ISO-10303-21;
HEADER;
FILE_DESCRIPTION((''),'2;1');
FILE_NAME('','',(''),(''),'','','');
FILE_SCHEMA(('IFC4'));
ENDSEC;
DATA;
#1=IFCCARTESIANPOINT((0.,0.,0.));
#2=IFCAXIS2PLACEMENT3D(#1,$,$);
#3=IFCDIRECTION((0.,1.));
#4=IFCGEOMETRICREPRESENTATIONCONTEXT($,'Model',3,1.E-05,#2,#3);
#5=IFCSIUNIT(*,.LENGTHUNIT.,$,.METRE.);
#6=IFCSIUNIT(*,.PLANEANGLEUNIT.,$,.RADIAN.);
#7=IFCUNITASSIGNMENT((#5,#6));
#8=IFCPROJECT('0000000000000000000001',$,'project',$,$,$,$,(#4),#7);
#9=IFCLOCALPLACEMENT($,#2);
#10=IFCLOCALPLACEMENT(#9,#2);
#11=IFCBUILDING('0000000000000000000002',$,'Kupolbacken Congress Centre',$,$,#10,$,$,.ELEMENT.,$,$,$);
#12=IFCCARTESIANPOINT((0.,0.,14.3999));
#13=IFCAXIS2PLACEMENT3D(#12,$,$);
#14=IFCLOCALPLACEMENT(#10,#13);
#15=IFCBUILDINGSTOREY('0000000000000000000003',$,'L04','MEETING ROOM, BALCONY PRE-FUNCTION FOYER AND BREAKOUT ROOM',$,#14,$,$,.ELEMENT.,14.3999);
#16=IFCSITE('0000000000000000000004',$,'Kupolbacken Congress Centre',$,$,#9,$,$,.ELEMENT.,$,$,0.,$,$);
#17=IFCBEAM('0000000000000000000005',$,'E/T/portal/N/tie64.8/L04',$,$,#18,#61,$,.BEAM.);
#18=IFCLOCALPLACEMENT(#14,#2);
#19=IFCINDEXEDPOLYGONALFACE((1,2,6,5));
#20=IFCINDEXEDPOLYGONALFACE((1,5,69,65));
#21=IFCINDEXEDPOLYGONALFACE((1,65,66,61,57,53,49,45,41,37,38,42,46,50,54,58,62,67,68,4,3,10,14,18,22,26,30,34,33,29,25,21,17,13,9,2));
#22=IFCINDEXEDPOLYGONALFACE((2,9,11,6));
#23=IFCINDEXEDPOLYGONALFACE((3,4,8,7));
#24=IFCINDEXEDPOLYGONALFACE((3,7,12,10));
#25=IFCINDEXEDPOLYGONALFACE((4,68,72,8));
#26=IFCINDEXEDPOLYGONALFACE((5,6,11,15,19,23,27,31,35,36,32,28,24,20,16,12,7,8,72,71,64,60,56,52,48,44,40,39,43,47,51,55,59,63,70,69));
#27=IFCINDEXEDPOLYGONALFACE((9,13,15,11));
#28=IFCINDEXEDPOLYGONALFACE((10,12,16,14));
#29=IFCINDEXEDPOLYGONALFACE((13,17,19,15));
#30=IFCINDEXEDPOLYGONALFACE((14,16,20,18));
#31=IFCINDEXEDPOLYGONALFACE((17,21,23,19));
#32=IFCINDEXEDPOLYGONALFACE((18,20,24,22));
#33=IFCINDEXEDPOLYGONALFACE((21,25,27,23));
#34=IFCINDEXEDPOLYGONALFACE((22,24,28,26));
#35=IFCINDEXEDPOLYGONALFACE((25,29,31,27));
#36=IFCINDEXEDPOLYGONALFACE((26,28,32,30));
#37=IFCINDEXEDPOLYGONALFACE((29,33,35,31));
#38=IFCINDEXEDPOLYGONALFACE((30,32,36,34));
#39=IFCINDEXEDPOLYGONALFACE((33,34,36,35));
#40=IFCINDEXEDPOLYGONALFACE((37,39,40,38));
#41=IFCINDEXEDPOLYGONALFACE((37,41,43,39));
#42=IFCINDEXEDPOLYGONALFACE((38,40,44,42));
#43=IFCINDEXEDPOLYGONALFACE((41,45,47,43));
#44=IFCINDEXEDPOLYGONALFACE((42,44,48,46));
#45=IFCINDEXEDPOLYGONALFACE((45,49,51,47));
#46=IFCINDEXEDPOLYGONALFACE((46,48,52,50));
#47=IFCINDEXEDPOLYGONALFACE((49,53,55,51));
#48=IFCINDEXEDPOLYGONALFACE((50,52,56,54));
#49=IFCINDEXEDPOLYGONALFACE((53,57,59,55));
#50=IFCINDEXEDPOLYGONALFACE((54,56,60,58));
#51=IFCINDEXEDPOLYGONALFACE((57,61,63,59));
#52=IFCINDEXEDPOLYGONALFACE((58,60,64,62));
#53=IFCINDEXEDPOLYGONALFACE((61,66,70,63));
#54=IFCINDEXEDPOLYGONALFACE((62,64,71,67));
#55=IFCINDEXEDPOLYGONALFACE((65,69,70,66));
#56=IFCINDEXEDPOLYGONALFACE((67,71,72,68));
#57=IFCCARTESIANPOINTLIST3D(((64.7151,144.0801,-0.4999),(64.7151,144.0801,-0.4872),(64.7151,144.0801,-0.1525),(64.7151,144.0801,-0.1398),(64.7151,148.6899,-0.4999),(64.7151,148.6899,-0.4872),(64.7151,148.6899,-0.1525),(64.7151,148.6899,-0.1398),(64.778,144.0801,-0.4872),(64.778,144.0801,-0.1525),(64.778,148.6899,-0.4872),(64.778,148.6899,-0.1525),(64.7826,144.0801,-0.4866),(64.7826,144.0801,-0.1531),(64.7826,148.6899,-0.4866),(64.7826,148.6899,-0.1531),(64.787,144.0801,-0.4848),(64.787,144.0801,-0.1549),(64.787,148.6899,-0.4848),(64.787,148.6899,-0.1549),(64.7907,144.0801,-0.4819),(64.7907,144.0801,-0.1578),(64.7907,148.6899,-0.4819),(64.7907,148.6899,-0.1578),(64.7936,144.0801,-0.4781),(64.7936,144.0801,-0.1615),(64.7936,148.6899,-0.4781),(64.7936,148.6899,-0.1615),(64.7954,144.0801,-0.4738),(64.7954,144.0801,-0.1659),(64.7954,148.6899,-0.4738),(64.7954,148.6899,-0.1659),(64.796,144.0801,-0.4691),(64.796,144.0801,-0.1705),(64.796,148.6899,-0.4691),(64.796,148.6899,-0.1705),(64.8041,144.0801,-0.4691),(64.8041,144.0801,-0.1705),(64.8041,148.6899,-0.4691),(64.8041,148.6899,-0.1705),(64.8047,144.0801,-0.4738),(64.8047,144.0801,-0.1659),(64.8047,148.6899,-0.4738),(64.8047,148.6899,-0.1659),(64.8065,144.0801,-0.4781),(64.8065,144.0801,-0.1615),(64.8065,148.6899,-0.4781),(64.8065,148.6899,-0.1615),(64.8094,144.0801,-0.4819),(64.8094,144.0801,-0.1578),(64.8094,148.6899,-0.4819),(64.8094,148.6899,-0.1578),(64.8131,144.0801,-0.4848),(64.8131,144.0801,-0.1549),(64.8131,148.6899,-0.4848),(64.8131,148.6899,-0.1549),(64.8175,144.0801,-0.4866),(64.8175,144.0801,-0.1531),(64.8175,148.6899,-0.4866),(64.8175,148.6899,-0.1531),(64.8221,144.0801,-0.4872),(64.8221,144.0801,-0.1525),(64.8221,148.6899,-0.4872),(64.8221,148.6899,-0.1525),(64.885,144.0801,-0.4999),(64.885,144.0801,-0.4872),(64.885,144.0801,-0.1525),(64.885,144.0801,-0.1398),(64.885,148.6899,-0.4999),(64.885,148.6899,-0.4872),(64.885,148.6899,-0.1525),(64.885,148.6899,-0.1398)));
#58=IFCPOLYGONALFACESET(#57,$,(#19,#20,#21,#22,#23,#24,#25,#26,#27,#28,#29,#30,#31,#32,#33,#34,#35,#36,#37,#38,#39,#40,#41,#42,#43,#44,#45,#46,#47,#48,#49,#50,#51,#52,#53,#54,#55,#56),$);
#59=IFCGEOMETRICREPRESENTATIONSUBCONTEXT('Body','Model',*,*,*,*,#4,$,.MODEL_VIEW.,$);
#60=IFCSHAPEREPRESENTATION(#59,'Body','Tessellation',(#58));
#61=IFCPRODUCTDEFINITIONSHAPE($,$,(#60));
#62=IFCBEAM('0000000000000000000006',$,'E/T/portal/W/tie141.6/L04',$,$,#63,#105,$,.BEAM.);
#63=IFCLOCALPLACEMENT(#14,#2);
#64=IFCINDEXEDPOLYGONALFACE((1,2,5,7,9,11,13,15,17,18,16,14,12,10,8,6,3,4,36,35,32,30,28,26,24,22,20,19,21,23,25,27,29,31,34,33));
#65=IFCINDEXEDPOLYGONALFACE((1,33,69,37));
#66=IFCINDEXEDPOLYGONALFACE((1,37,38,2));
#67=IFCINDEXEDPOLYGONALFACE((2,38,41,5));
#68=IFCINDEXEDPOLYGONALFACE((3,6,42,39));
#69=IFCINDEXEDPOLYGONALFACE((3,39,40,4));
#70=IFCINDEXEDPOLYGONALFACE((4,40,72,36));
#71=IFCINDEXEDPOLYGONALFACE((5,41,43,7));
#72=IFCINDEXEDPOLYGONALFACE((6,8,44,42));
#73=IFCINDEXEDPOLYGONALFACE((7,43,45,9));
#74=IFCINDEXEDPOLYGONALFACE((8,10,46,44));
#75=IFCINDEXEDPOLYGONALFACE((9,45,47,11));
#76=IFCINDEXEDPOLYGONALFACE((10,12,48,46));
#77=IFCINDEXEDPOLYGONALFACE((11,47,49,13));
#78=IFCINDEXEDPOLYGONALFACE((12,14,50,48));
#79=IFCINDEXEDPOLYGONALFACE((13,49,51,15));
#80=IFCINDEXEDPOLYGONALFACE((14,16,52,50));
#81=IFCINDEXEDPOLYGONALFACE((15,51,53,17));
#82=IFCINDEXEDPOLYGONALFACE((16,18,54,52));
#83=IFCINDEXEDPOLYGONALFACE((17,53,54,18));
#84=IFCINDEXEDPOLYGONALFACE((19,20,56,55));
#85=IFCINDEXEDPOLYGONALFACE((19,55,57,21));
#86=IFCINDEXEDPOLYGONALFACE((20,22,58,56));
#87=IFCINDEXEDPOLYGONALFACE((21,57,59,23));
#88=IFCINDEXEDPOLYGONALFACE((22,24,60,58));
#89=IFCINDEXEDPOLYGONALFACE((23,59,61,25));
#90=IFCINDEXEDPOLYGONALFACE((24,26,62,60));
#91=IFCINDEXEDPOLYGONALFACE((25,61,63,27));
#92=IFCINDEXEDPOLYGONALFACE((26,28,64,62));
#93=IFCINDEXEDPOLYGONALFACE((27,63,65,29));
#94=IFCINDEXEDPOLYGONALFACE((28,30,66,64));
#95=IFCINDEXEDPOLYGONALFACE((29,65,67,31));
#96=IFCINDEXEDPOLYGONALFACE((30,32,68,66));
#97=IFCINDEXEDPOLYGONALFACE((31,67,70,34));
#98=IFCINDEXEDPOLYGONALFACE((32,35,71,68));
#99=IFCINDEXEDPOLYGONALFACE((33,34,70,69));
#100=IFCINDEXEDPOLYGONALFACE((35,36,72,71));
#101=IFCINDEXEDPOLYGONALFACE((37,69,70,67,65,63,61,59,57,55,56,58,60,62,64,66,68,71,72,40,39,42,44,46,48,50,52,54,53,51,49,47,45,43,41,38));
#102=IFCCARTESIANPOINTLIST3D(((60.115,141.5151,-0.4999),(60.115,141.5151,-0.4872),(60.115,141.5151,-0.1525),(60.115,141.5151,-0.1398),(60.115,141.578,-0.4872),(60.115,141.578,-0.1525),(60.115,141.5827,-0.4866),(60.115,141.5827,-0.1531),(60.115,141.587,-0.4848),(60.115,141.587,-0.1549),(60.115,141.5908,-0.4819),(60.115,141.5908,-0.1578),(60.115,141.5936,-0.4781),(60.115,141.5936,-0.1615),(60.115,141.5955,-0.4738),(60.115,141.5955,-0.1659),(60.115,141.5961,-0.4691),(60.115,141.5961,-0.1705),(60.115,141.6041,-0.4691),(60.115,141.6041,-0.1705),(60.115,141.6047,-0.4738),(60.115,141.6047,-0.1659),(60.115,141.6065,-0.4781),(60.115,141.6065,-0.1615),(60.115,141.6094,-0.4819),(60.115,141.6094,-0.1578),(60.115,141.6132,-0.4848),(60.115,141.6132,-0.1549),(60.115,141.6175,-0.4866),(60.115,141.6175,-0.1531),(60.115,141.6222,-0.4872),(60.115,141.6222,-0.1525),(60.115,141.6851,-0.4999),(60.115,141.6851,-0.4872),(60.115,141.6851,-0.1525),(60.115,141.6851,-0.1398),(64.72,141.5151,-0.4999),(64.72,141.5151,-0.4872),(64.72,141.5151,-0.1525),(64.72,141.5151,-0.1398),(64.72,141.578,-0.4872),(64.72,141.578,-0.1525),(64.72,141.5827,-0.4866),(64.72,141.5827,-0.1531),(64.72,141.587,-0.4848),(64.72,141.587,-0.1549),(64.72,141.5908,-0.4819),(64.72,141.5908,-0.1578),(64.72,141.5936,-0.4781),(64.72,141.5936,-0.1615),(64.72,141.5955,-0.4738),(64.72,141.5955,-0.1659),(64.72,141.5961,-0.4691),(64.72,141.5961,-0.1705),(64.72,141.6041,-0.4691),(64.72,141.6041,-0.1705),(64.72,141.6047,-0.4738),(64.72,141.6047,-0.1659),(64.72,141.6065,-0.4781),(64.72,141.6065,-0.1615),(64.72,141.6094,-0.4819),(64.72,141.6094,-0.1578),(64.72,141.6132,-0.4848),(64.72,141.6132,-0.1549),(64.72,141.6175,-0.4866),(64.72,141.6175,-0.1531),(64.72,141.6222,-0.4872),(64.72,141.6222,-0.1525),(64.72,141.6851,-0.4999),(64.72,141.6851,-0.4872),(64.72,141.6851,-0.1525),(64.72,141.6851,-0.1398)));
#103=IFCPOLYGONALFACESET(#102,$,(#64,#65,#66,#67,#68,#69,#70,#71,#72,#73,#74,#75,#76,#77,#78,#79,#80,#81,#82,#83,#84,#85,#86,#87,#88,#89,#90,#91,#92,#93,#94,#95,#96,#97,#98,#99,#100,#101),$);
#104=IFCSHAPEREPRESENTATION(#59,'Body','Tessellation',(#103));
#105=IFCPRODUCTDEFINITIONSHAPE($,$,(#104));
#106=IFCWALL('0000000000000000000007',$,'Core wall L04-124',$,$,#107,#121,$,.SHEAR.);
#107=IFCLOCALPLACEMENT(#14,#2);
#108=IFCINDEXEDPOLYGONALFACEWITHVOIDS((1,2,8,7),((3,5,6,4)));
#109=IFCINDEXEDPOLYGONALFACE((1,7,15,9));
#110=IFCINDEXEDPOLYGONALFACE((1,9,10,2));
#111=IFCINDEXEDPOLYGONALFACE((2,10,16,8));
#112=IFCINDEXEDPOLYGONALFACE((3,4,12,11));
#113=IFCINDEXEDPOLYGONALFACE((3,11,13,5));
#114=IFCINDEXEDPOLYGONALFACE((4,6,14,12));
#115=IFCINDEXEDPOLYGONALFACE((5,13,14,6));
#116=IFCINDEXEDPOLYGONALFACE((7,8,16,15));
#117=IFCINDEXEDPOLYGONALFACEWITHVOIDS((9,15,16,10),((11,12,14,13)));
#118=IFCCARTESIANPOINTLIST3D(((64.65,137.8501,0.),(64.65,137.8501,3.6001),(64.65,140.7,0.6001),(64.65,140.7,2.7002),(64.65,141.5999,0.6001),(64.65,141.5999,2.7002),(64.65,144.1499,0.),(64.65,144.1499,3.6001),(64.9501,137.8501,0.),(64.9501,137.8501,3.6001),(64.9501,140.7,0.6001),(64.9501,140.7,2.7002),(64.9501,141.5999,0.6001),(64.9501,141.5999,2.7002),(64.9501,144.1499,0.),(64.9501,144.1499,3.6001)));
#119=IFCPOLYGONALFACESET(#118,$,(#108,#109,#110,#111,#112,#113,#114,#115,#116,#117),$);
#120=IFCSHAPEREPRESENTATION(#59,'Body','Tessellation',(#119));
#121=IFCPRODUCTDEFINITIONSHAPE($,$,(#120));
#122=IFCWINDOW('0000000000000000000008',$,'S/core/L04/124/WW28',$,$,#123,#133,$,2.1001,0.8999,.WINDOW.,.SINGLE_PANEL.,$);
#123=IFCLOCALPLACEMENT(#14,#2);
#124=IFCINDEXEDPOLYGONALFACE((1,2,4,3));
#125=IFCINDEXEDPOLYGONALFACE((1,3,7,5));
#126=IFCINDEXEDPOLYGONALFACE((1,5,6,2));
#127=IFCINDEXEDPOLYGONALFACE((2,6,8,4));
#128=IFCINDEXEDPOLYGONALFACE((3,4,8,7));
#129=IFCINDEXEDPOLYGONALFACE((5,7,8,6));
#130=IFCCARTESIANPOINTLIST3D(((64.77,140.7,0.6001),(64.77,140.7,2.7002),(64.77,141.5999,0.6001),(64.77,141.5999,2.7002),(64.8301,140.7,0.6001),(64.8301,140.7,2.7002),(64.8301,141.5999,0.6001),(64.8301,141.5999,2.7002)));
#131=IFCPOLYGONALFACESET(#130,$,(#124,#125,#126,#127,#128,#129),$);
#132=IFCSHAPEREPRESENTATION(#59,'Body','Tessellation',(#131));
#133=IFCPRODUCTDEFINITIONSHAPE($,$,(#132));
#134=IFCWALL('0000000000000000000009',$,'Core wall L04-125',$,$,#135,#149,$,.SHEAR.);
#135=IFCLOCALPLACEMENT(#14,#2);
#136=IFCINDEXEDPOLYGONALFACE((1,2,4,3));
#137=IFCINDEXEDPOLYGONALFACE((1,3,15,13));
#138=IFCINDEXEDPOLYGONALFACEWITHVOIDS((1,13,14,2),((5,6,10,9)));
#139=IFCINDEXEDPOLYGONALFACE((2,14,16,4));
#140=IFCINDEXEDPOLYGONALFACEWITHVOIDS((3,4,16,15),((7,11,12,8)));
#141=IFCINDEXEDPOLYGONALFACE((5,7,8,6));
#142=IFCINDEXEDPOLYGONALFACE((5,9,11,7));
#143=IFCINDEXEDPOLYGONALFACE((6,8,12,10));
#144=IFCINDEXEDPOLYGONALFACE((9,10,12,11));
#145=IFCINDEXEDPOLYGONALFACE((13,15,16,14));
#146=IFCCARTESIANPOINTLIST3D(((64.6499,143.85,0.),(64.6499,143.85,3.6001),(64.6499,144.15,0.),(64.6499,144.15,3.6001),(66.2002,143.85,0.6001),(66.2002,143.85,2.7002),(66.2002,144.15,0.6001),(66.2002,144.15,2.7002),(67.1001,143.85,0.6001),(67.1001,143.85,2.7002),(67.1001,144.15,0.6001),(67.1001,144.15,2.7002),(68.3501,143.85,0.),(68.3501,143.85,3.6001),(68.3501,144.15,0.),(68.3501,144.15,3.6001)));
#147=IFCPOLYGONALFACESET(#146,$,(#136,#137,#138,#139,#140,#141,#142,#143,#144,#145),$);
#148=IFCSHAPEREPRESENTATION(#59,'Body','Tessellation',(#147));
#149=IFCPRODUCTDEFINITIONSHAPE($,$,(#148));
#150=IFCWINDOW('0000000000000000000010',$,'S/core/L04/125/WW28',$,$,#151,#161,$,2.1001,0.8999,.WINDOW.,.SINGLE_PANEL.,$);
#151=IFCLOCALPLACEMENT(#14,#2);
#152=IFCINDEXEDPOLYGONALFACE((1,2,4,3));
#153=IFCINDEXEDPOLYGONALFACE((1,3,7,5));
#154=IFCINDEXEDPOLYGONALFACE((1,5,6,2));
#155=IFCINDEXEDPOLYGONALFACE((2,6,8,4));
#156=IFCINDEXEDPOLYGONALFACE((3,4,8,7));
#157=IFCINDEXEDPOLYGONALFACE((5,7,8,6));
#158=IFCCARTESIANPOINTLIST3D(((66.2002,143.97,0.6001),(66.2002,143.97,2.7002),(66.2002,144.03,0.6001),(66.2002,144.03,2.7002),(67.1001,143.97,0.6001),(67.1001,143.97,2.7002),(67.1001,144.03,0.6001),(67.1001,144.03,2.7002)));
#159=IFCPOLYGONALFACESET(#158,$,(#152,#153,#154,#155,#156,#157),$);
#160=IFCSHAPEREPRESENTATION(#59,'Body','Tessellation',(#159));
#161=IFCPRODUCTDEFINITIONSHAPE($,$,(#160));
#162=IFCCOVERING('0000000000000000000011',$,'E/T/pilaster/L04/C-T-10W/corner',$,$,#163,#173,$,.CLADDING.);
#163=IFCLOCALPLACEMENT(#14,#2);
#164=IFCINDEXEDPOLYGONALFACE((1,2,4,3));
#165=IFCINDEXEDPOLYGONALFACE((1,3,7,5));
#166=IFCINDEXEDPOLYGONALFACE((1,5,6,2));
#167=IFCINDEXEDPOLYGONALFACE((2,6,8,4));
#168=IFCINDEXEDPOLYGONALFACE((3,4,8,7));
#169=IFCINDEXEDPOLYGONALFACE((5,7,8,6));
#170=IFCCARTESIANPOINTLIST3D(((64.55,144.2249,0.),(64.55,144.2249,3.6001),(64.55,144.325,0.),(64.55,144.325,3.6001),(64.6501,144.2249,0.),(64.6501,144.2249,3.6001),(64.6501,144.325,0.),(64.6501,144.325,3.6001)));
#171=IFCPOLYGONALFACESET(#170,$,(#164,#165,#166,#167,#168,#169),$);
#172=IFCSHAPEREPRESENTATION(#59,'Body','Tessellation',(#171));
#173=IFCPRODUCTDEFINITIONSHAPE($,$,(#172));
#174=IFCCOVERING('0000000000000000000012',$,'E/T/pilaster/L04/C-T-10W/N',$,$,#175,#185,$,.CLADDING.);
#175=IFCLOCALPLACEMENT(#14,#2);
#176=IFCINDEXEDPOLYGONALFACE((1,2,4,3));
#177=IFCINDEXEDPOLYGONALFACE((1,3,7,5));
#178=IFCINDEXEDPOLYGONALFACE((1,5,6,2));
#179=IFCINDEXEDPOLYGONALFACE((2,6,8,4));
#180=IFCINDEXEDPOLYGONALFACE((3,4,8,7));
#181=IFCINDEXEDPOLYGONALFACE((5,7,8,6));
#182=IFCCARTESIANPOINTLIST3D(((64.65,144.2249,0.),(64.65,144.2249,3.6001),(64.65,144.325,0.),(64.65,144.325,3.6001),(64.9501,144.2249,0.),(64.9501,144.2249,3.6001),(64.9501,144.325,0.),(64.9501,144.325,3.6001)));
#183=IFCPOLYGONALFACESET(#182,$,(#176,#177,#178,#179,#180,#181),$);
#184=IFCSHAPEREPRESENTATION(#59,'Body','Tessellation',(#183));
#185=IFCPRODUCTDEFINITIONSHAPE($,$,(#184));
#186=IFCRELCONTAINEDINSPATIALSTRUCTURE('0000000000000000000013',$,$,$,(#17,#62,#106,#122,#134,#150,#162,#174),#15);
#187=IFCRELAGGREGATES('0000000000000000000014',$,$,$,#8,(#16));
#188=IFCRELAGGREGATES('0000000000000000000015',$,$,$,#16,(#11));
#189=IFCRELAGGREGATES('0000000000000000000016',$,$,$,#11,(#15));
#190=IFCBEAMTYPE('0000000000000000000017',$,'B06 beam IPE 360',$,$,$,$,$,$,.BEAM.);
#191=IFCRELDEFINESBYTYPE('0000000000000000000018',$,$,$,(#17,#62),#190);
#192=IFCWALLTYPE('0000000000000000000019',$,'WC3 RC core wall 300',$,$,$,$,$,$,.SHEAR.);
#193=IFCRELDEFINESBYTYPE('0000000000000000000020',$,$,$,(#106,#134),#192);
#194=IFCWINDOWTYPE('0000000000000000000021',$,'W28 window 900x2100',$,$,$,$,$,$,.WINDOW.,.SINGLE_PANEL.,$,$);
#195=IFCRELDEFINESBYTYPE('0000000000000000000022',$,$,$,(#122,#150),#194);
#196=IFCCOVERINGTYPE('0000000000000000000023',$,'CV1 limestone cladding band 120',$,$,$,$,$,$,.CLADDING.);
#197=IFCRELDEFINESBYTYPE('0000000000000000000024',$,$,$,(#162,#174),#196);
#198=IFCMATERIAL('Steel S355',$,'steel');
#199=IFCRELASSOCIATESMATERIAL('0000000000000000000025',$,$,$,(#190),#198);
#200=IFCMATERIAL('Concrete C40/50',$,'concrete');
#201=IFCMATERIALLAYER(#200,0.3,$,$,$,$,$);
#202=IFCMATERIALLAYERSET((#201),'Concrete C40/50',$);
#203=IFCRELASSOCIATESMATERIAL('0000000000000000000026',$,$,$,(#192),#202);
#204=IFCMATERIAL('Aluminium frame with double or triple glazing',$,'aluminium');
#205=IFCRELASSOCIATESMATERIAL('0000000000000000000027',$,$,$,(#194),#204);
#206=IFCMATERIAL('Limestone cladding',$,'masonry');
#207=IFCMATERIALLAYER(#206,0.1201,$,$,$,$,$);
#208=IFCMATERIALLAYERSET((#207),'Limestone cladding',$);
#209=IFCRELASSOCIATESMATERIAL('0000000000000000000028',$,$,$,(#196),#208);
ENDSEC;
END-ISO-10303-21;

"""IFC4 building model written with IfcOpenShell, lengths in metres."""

from ifc_helpers import new_model, si_unit, direction, frame, frame_2d, origin, origin_2d, place, context, subcontext, project, spatial, rectangle, i_section, extrude, material, layer, layer_set, material_profile, profile_set, type_object, element, fill, save


model = new_model("IFC4")

# Units and contexts
model_context = context("Model", 3, precision=1e-05, world=origin(), true_north=direction((0.0, 1.0)))
body_context = subcontext(model_context, "Body", "Model", "MODEL_VIEW")
ifc_project = project(units=[si_unit("LENGTHUNIT", "METRE"), si_unit("PLANEANGLEUNIT", "RADIAN")], contexts=[model_context])

# Site, building, storey
site_placement = place(None, origin())
site = spatial("IfcSite", under=ifc_project, at=site_placement, Name="Kupolbacken Congress Centre", CompositionType="ELEMENT", RefElevation=0.0)
building_placement = place(site_placement, origin())
building = spatial("IfcBuilding", under=site, at=building_placement, Name="Kupolbacken Congress Centre", CompositionType="ELEMENT")
storey_placement = place(building_placement, frame((0.0, 0.0, 14.3999)))
storey = spatial("IfcBuildingStorey", under=building, at=storey_placement, Name="L04", Description="MEETING ROOM, BALCONY PRE-FUNCTION FOYER AND BREAKOUT ROOM", CompositionType="ELEMENT", Elevation=14.3999)

# Beams
ifc_material_1 = material(Name="Steel S355", Category="steel")
ifc_material_profile_1 = material_profile(ifc_material_1, i_section(OverallWidth=0.1699, OverallDepth=0.3601, WebThickness=0.0081, FlangeThickness=0.0127, FilletRadius=0.0181, at=origin_2d()), Name="IPE 360")
ifc_profile_set_1 = profile_set([ifc_material_profile_1], Name="Steel S355")
beam_type_1 = type_object("IfcBeamType", Name="B06 beam IPE 360", PredefinedType="BEAM", material=ifc_profile_set_1)
beam_1_placement = place(storey_placement, frame((64.8, 144.0801, -0.3198), z_axis=(0.0, 1.0, 0.0), x_axis=(-1.0, 0.0, 0.0)))
element("IfcBeam", 1, at=beam_1_placement, inside=storey, type_object=beam_type_1, Name="E/T/portal/N/tie64.8/L04", PredefinedType="BEAM", context=body_context, shape_type="SweptSolid", body=[
    extrude(i_section(OverallWidth=0.1699, OverallDepth=0.3601, WebThickness=0.0081, FlangeThickness=0.0127, FilletRadius=0.0181, at=origin_2d()), origin(), (0.0, 0.0, 1.0), 4.6099),
])
beam_2_placement = place(storey_placement, frame((64.72, 141.6001, -0.3198), z_axis=(-1.0, 0.0, 0.0), x_axis=(0.0, -1.0, 0.0)))
element("IfcBeam", 2, at=beam_2_placement, inside=storey, type_object=beam_type_1, Name="E/T/portal/W/tie141.6/L04", PredefinedType="BEAM", context=body_context, shape_type="SweptSolid", body=[
    extrude(i_section(OverallWidth=0.1699, OverallDepth=0.3601, WebThickness=0.0081, FlangeThickness=0.0127, FilletRadius=0.0181, at=origin_2d()), origin(), (0.0, 0.0, 1.0), 4.605),
])

# Walls, openings, windows
ifc_material_2 = material(Name="Concrete C40/50", Category="concrete")
ifc_layer_1 = layer(ifc_material_2, 0.3)
ifc_layer_set_1 = layer_set([ifc_layer_1], Name="Concrete C40/50")
wall_type = type_object("IfcWallType", Name="WC3 RC core wall 300", PredefinedType="SHEAR", material=ifc_layer_set_1)
wall_1_placement = place(storey_placement, frame((64.8, 144.1499, 0.0), z_axis=(0.0, 0.0, 1.0), x_axis=(0.0, -1.0, 0.0)))
wall_1 = element("IfcWall", 3, at=wall_1_placement, inside=storey, type_object=wall_type, Name="Core wall L04-124", PredefinedType="SHEAR", context=body_context, shape_type="SweptSolid", body=[
    extrude(rectangle(XDim=6.2998, YDim=0.3, at=frame_2d((3.1499, 0.0))), origin(), (0.0, 0.0, 1.0), 3.6001),
])
opening_1_placement = place(wall_1_placement, frame((2.55, 0.0, 0.6001)))
opening_1 = element("IfcOpeningElement", 4, at=opening_1_placement, cuts=wall_1, PredefinedType="OPENING", context=body_context, shape_type="SweptSolid", body=[
    extrude(rectangle(XDim=0.8999, YDim=2.1001, at=frame_2d((0.45, 1.05))), frame((0.0, 0.1599, 0.0), z_axis=(0.0, -1.0, 0.0), x_axis=(1.0, 0.0, 0.0)), (0.0, 0.0, 1.0), 0.3201),
])
ifc_material_3 = material(Name="Aluminium frame with double or triple glazing", Category="aluminium")
window_type = type_object("IfcWindowType", Name="W28 window 900x2100", PartitioningType="SINGLE_PANEL", PredefinedType="WINDOW", material=ifc_material_3)
window_1_placement = place(opening_1_placement, origin())
window_1 = element("IfcWindow", 5, at=window_1_placement, inside=storey, type_object=window_type, Name="S/core/L04/124/WW28", OverallHeight=2.1001, OverallWidth=0.8999, PartitioningType="SINGLE_PANEL", PredefinedType="WINDOW", context=body_context, shape_type="SweptSolid", body=[
    extrude(rectangle(XDim=0.8999, YDim=2.1001, at=frame_2d((0.45, 1.05))), frame((0.0, 0.03, 0.0), z_axis=(0.0, -1.0, 0.0), x_axis=(1.0, 0.0, 0.0)), (0.0, 0.0, 1.0), 0.0601),
])
fill(opening_1, window_1)
wall_2_placement = place(storey_placement, frame((68.3501, 144.0, 0.0), z_axis=(0.0, 0.0, 1.0), x_axis=(-1.0, 0.0, 0.0)))
wall_2 = element("IfcWall", 6, at=wall_2_placement, inside=storey, type_object=wall_type, Name="Core wall L04-125", PredefinedType="SHEAR", context=body_context, shape_type="SweptSolid", body=[
    extrude(rectangle(XDim=3.7002, YDim=0.3, at=frame_2d((1.8501, 0.0))), origin(), (0.0, 0.0, 1.0), 3.6001),
])
opening_2_placement = place(wall_2_placement, frame((1.25, 0.0, 0.6001)))
opening_2 = element("IfcOpeningElement", 7, at=opening_2_placement, cuts=wall_2, PredefinedType="OPENING", context=body_context, shape_type="SweptSolid", body=[
    extrude(rectangle(XDim=0.8999, YDim=2.1001, at=frame_2d((0.45, 1.05))), frame((0.0, 0.1599, 0.0), z_axis=(0.0, -1.0, 0.0), x_axis=(1.0, 0.0, 0.0)), (0.0, 0.0, 1.0), 0.3201),
])
window_2_placement = place(opening_2_placement, origin())
window_2 = element("IfcWindow", 8, at=window_2_placement, inside=storey, type_object=window_type, Name="S/core/L04/125/WW28", OverallHeight=2.1001, OverallWidth=0.8999, PartitioningType="SINGLE_PANEL", PredefinedType="WINDOW", context=body_context, shape_type="SweptSolid", body=[
    extrude(rectangle(XDim=0.8999, YDim=2.1001, at=frame_2d((0.45, 1.05))), frame((0.0, 0.03, 0.0), z_axis=(0.0, -1.0, 0.0), x_axis=(1.0, 0.0, 0.0)), (0.0, 0.0, 1.0), 0.0601),
])
fill(opening_2, window_2)

# Coverings
ifc_material_4 = material(Name="Limestone cladding", Category="masonry")
ifc_layer_2 = layer(ifc_material_4, 0.1201)
ifc_layer_set_2 = layer_set([ifc_layer_2], Name="Limestone cladding")
covering_type_1 = type_object("IfcCoveringType", Name="CV1 limestone cladding band 120", PredefinedType="CLADDING", material=ifc_layer_set_2)
covering_1_placement = place(storey_placement, frame((64.6001, 144.2749, 0.0), z_axis=(0.0, 0.0, 1.0), x_axis=(1.0, 0.0, 0.0)))
element("IfcCovering", 9, at=covering_1_placement, inside=storey, type_object=covering_type_1, Name="E/T/pilaster/L04/C-T-10W/corner", PredefinedType="CLADDING", context=body_context, shape_type="SweptSolid", body=[
    extrude(rectangle(XDim=0.1001, YDim=0.1001, at=origin_2d()), origin(), (0.0, 0.0, 1.0), 3.6001),
])
covering_2_placement = place(storey_placement, frame((64.8, 144.2749, 0.0), z_axis=(0.0, 0.0, 1.0), x_axis=(1.0, 0.0, 0.0)))
element("IfcCovering", 10, at=covering_2_placement, inside=storey, type_object=covering_type_1, Name="E/T/pilaster/L04/C-T-10W/N", PredefinedType="CLADDING", context=body_context, shape_type="SweptSolid", body=[
    extrude(rectangle(XDim=0.3, YDim=0.1001, at=origin_2d()), origin(), (0.0, 0.0, 1.0), 3.6001),
])

save(model, "model.ifc")
